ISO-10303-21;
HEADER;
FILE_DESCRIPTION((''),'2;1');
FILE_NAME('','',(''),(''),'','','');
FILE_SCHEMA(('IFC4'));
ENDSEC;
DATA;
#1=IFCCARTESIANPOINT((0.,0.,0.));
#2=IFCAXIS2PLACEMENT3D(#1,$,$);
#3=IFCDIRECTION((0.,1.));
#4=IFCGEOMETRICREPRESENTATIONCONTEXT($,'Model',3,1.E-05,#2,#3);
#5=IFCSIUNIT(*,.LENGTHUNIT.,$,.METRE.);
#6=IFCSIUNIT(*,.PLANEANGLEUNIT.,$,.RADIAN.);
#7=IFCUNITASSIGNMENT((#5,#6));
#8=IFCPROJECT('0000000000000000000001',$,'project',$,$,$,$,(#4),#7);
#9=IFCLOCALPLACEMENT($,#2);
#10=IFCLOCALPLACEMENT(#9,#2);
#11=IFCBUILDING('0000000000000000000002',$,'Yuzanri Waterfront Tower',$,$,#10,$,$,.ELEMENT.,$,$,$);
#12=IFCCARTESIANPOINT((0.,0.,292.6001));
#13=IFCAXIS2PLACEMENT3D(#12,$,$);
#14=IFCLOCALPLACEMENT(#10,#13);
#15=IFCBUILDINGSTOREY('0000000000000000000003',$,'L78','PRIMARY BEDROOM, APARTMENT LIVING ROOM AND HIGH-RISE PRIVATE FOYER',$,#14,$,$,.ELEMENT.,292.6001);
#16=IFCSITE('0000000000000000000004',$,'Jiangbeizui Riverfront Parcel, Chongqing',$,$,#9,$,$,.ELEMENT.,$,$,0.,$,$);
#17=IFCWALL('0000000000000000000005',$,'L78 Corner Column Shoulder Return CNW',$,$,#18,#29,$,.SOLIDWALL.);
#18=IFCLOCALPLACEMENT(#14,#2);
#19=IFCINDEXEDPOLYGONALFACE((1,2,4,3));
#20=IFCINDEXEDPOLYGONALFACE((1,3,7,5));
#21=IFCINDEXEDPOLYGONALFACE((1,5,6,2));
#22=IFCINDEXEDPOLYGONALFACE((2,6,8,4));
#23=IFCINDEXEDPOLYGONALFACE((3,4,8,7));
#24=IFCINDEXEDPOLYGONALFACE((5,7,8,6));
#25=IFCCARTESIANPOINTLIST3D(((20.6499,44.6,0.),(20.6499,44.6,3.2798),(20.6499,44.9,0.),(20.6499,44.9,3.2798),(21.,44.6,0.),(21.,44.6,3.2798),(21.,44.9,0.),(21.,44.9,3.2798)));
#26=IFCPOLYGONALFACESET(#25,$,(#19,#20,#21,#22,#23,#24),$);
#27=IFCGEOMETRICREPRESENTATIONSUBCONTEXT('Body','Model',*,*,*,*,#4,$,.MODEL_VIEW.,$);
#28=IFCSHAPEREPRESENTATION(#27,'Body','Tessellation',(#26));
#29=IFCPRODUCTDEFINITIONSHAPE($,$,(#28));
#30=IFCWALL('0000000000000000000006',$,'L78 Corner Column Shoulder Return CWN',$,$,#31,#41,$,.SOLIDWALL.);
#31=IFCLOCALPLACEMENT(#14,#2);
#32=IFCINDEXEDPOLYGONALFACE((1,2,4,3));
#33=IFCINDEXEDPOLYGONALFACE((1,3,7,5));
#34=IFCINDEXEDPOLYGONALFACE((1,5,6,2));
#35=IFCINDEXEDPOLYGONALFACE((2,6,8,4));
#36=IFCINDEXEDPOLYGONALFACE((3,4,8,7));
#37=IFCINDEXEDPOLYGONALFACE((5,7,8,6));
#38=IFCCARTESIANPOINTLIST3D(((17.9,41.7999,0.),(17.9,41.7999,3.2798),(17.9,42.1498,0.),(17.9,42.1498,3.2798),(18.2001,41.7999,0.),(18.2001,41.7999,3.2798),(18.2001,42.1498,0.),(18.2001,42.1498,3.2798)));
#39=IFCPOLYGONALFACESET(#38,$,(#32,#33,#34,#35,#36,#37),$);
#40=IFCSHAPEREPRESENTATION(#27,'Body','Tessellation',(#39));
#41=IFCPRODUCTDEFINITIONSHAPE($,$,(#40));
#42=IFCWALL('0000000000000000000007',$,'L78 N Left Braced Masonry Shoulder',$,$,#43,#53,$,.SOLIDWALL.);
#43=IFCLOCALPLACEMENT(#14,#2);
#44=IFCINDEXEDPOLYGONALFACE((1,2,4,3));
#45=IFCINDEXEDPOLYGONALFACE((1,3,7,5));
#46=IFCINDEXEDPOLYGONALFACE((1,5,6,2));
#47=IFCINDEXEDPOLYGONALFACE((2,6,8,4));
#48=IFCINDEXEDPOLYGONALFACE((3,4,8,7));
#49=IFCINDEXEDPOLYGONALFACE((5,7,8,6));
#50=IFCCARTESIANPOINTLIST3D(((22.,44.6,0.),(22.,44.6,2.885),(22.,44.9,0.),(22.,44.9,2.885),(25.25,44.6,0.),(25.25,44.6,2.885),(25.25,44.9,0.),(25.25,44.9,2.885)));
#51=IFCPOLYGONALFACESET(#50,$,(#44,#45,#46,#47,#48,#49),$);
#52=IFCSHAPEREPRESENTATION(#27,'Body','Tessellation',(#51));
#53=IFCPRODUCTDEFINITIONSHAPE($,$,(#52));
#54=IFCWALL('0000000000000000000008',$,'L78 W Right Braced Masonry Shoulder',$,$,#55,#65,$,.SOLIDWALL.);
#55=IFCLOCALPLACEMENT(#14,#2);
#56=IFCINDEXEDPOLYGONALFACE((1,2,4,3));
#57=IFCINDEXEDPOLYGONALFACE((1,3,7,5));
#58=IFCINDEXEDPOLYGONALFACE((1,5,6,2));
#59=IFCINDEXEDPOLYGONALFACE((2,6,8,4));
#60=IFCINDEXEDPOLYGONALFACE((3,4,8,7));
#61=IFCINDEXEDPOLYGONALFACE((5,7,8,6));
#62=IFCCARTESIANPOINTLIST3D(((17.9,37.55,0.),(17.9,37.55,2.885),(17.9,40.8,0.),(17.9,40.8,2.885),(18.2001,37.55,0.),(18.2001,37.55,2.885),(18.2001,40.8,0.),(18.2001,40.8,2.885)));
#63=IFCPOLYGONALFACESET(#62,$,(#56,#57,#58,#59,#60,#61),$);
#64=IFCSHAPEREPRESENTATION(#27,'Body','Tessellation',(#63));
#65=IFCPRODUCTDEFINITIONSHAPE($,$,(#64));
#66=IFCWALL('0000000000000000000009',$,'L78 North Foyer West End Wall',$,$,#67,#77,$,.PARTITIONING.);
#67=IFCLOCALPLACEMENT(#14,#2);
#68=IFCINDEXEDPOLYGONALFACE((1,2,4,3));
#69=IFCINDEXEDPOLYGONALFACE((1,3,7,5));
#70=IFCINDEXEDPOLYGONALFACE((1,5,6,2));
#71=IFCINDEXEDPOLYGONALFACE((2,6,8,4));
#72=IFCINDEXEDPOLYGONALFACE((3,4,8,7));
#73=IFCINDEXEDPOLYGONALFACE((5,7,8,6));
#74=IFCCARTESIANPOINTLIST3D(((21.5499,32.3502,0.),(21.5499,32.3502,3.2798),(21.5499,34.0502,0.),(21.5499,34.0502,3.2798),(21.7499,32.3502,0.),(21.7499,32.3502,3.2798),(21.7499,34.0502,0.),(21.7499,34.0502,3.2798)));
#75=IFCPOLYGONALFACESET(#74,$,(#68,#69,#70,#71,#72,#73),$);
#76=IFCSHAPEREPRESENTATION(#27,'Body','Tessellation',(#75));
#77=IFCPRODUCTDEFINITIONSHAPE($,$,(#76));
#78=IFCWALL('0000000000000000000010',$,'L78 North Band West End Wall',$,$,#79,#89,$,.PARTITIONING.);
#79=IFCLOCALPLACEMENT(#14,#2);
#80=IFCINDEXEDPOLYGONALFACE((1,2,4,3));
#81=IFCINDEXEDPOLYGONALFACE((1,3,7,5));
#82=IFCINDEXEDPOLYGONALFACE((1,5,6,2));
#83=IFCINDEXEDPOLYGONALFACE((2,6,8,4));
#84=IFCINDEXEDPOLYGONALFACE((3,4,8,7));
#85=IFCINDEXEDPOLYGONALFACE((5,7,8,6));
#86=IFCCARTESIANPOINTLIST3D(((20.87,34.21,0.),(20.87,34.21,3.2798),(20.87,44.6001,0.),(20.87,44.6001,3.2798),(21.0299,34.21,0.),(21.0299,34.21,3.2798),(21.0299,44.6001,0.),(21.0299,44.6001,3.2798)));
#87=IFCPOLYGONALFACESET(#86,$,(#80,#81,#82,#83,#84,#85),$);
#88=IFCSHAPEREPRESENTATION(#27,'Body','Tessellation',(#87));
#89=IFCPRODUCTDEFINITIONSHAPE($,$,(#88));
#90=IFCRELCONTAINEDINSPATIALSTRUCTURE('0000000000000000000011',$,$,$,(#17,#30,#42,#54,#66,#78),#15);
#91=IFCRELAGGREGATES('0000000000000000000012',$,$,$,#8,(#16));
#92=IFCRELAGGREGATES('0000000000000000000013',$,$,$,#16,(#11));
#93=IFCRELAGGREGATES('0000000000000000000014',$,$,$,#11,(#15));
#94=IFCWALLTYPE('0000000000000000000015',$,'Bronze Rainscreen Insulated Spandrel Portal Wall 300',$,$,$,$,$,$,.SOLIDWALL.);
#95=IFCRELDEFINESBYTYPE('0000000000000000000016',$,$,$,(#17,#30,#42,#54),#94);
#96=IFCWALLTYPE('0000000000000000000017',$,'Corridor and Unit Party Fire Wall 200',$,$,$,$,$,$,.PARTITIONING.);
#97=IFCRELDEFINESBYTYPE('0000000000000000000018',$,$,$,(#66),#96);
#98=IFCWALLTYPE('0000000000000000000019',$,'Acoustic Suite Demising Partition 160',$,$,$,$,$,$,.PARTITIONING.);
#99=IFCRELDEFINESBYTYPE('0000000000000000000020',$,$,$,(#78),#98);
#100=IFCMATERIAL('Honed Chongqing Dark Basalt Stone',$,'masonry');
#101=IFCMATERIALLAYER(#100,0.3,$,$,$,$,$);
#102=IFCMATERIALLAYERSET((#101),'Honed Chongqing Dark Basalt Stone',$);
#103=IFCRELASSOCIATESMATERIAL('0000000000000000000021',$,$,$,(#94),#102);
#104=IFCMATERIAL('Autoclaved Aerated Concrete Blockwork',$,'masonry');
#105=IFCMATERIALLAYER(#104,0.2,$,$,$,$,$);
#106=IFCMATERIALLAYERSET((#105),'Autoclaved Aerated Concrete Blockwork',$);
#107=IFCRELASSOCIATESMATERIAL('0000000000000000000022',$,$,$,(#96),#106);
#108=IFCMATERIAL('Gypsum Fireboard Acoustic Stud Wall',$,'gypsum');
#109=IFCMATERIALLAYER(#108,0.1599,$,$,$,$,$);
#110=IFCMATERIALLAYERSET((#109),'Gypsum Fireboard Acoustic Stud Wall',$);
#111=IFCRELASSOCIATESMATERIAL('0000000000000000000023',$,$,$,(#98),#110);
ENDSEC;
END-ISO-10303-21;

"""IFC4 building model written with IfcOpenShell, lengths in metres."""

from ifc_helpers import new_model, si_unit, direction, frame, frame_2d, origin, place, context, subcontext, project, spatial, rectangle, extrude, source, transform, mapped, material, layer, layer_set, type_object, element, save


model = new_model("IFC4")

# Units and contexts
model_context = context("Model", 3, precision=1e-05, world=origin(), true_north=direction((0.0, 1.0)))
body_context = subcontext(model_context, "Body", "Model", "MODEL_VIEW")
ifc_project = project(units=[si_unit("LENGTHUNIT", "METRE"), si_unit("PLANEANGLEUNIT", "RADIAN")], contexts=[model_context])

# Site, building, storey
site_placement = place(None, origin())
site = spatial("IfcSite", under=ifc_project, at=site_placement, Name="Jiangbeizui Riverfront Parcel, Chongqing", CompositionType="ELEMENT", RefElevation=0.0)
building_placement = place(site_placement, origin())
building = spatial("IfcBuilding", under=site, at=building_placement, Name="Yuzanri Waterfront Tower", CompositionType="ELEMENT")
storey_placement = place(building_placement, frame((0.0, 0.0, 292.6001)))
storey = spatial("IfcBuildingStorey", under=building, at=storey_placement, Name="L78", Description="PRIMARY BEDROOM, APARTMENT LIVING ROOM AND HIGH-RISE PRIVATE FOYER", CompositionType="ELEMENT", Elevation=292.6001)

# Shared definitions
ifc_material_1 = material(Name="Honed Chongqing Dark Basalt Stone", Category="masonry")
ifc_layer_1 = layer(ifc_material_1, 0.3)
ifc_layer_set_1 = layer_set([ifc_layer_1], Name="Honed Chongqing Dark Basalt Stone")
wall_type_1 = type_object("IfcWallType", Name="Bronze Rainscreen Insulated Spandrel Portal Wall 300", PredefinedType="SOLIDWALL", material=ifc_layer_set_1)

# Shared definitions
ifc_material_2 = material(Name="Autoclaved Aerated Concrete Blockwork", Category="masonry")
ifc_layer_2 = layer(ifc_material_2, 0.2)
ifc_layer_set_2 = layer_set([ifc_layer_2], Name="Autoclaved Aerated Concrete Blockwork")
wall_type_2 = type_object("IfcWallType", Name="Corridor and Unit Party Fire Wall 200", PredefinedType="PARTITIONING", material=ifc_layer_set_2)

# Walls
shared_shape_1 = source(origin(), body_context, "Body", "SweptSolid", [
    extrude(rectangle(XDim=0.3501, YDim=0.3, at=frame_2d((0.175, 0.0))), origin(), (0.0, 0.0, 1.0), 3.2798),
])
wall_1_placement = place(storey_placement, frame((20.6499, 44.75, 0.0), z_axis=(0.0, 0.0, 1.0), x_axis=(1.0, 0.0, 0.0)))
element("IfcWall", 1, at=wall_1_placement, inside=storey, type_object=wall_type_1, Name="L78 Corner Column Shoulder Return CNW", PredefinedType="SOLIDWALL", context=body_context, shape_type="MappedRepresentation", body=[
    mapped(shared_shape_1, transform((0.0, 0.0, 0.0), scale=1.0)),
])
shared_shape_2 = source(origin(), body_context, "Body", "SweptSolid", [
    extrude(rectangle(XDim=0.3499, YDim=0.3, at=frame_2d((0.1748, 0.0))), origin(), (0.0, 0.0, 1.0), 3.2798),
])
wall_2_placement = place(storey_placement, frame((18.05, 41.8, 0.0), z_axis=(0.0, 0.0, 1.0), x_axis=(0.0, 1.0, 0.0)))
element("IfcWall", 2, at=wall_2_placement, inside=storey, type_object=wall_type_1, Name="L78 Corner Column Shoulder Return CWN", PredefinedType="SOLIDWALL", context=body_context, shape_type="MappedRepresentation", body=[
    mapped(shared_shape_2, transform((0.0, 0.0, 0.0), scale=1.0)),
])
shared_shape_3 = source(origin(), body_context, "Body", "SweptSolid", [
    extrude(rectangle(XDim=3.25, YDim=0.3, at=frame_2d((1.625, 0.0))), origin(), (0.0, 0.0, 1.0), 2.885),
])
for number, where, z_axis, x_axis, name in (
    (3, (22.0, 44.75, 0.0), (0.0, 0.0, 1.0), (1.0, 0.0, 0.0), "L78 N Left Braced Masonry Shoulder"),
    (4, (18.05, 37.55, 0.0), (0.0, 0.0, 1.0), (0.0, 1.0, 0.0), "L78 W Right Braced Masonry Shoulder"),
):
    element("IfcWall", number, at=place(storey_placement, frame(where, z_axis=z_axis, x_axis=x_axis)), inside=storey, type_object=wall_type_1, Name=name, PredefinedType="SOLIDWALL", context=body_context, shape_type="MappedRepresentation", body=[
        mapped(shared_shape_3, transform((0.0, 0.0, 0.0), scale=1.0)),
    ])
shared_shape_4 = source(origin(), body_context, "Body", "SweptSolid", [
    extrude(rectangle(XDim=1.7, YDim=0.2, at=frame_2d((0.8501, 0.0))), origin(), (0.0, 0.0, 1.0), 3.2798),
])
wall_3_placement = place(storey_placement, frame((21.6499, 32.3501, 0.0), z_axis=(0.0, 0.0, 1.0), x_axis=(0.0, 1.0, 0.0)))
element("IfcWall", 5, at=wall_3_placement, inside=storey, type_object=wall_type_2, Name="L78 North Foyer West End Wall", PredefinedType="PARTITIONING", context=body_context, shape_type="MappedRepresentation", body=[
    mapped(shared_shape_4, transform((0.0, 0.0, 0.0), scale=1.0)),
])
ifc_material_3 = material(Name="Gypsum Fireboard Acoustic Stud Wall", Category="gypsum")
ifc_layer_3 = layer(ifc_material_3, 0.1599)
ifc_layer_set_3 = layer_set([ifc_layer_3], Name="Gypsum Fireboard Acoustic Stud Wall")
wall_type_3 = type_object("IfcWallType", Name="Acoustic Suite Demising Partition 160", PredefinedType="PARTITIONING", material=ifc_layer_set_3)
shared_shape_5 = source(origin(), body_context, "Body", "SweptSolid", [
    extrude(rectangle(XDim=10.3901, YDim=0.1599, at=frame_2d((5.1951, 0.0))), origin(), (0.0, 0.0, 1.0), 3.2798),
])
wall_4_placement = place(storey_placement, frame((20.95, 34.21, 0.0), z_axis=(0.0, 0.0, 1.0), x_axis=(0.0, 1.0, 0.0)))
element("IfcWall", 6, at=wall_4_placement, inside=storey, type_object=wall_type_3, Name="L78 North Band West End Wall", PredefinedType="PARTITIONING", context=body_context, shape_type="MappedRepresentation", body=[
    mapped(shared_shape_5, transform((0.0, 0.0, 0.0), scale=1.0)),
])

save(model, "model.ifc")
